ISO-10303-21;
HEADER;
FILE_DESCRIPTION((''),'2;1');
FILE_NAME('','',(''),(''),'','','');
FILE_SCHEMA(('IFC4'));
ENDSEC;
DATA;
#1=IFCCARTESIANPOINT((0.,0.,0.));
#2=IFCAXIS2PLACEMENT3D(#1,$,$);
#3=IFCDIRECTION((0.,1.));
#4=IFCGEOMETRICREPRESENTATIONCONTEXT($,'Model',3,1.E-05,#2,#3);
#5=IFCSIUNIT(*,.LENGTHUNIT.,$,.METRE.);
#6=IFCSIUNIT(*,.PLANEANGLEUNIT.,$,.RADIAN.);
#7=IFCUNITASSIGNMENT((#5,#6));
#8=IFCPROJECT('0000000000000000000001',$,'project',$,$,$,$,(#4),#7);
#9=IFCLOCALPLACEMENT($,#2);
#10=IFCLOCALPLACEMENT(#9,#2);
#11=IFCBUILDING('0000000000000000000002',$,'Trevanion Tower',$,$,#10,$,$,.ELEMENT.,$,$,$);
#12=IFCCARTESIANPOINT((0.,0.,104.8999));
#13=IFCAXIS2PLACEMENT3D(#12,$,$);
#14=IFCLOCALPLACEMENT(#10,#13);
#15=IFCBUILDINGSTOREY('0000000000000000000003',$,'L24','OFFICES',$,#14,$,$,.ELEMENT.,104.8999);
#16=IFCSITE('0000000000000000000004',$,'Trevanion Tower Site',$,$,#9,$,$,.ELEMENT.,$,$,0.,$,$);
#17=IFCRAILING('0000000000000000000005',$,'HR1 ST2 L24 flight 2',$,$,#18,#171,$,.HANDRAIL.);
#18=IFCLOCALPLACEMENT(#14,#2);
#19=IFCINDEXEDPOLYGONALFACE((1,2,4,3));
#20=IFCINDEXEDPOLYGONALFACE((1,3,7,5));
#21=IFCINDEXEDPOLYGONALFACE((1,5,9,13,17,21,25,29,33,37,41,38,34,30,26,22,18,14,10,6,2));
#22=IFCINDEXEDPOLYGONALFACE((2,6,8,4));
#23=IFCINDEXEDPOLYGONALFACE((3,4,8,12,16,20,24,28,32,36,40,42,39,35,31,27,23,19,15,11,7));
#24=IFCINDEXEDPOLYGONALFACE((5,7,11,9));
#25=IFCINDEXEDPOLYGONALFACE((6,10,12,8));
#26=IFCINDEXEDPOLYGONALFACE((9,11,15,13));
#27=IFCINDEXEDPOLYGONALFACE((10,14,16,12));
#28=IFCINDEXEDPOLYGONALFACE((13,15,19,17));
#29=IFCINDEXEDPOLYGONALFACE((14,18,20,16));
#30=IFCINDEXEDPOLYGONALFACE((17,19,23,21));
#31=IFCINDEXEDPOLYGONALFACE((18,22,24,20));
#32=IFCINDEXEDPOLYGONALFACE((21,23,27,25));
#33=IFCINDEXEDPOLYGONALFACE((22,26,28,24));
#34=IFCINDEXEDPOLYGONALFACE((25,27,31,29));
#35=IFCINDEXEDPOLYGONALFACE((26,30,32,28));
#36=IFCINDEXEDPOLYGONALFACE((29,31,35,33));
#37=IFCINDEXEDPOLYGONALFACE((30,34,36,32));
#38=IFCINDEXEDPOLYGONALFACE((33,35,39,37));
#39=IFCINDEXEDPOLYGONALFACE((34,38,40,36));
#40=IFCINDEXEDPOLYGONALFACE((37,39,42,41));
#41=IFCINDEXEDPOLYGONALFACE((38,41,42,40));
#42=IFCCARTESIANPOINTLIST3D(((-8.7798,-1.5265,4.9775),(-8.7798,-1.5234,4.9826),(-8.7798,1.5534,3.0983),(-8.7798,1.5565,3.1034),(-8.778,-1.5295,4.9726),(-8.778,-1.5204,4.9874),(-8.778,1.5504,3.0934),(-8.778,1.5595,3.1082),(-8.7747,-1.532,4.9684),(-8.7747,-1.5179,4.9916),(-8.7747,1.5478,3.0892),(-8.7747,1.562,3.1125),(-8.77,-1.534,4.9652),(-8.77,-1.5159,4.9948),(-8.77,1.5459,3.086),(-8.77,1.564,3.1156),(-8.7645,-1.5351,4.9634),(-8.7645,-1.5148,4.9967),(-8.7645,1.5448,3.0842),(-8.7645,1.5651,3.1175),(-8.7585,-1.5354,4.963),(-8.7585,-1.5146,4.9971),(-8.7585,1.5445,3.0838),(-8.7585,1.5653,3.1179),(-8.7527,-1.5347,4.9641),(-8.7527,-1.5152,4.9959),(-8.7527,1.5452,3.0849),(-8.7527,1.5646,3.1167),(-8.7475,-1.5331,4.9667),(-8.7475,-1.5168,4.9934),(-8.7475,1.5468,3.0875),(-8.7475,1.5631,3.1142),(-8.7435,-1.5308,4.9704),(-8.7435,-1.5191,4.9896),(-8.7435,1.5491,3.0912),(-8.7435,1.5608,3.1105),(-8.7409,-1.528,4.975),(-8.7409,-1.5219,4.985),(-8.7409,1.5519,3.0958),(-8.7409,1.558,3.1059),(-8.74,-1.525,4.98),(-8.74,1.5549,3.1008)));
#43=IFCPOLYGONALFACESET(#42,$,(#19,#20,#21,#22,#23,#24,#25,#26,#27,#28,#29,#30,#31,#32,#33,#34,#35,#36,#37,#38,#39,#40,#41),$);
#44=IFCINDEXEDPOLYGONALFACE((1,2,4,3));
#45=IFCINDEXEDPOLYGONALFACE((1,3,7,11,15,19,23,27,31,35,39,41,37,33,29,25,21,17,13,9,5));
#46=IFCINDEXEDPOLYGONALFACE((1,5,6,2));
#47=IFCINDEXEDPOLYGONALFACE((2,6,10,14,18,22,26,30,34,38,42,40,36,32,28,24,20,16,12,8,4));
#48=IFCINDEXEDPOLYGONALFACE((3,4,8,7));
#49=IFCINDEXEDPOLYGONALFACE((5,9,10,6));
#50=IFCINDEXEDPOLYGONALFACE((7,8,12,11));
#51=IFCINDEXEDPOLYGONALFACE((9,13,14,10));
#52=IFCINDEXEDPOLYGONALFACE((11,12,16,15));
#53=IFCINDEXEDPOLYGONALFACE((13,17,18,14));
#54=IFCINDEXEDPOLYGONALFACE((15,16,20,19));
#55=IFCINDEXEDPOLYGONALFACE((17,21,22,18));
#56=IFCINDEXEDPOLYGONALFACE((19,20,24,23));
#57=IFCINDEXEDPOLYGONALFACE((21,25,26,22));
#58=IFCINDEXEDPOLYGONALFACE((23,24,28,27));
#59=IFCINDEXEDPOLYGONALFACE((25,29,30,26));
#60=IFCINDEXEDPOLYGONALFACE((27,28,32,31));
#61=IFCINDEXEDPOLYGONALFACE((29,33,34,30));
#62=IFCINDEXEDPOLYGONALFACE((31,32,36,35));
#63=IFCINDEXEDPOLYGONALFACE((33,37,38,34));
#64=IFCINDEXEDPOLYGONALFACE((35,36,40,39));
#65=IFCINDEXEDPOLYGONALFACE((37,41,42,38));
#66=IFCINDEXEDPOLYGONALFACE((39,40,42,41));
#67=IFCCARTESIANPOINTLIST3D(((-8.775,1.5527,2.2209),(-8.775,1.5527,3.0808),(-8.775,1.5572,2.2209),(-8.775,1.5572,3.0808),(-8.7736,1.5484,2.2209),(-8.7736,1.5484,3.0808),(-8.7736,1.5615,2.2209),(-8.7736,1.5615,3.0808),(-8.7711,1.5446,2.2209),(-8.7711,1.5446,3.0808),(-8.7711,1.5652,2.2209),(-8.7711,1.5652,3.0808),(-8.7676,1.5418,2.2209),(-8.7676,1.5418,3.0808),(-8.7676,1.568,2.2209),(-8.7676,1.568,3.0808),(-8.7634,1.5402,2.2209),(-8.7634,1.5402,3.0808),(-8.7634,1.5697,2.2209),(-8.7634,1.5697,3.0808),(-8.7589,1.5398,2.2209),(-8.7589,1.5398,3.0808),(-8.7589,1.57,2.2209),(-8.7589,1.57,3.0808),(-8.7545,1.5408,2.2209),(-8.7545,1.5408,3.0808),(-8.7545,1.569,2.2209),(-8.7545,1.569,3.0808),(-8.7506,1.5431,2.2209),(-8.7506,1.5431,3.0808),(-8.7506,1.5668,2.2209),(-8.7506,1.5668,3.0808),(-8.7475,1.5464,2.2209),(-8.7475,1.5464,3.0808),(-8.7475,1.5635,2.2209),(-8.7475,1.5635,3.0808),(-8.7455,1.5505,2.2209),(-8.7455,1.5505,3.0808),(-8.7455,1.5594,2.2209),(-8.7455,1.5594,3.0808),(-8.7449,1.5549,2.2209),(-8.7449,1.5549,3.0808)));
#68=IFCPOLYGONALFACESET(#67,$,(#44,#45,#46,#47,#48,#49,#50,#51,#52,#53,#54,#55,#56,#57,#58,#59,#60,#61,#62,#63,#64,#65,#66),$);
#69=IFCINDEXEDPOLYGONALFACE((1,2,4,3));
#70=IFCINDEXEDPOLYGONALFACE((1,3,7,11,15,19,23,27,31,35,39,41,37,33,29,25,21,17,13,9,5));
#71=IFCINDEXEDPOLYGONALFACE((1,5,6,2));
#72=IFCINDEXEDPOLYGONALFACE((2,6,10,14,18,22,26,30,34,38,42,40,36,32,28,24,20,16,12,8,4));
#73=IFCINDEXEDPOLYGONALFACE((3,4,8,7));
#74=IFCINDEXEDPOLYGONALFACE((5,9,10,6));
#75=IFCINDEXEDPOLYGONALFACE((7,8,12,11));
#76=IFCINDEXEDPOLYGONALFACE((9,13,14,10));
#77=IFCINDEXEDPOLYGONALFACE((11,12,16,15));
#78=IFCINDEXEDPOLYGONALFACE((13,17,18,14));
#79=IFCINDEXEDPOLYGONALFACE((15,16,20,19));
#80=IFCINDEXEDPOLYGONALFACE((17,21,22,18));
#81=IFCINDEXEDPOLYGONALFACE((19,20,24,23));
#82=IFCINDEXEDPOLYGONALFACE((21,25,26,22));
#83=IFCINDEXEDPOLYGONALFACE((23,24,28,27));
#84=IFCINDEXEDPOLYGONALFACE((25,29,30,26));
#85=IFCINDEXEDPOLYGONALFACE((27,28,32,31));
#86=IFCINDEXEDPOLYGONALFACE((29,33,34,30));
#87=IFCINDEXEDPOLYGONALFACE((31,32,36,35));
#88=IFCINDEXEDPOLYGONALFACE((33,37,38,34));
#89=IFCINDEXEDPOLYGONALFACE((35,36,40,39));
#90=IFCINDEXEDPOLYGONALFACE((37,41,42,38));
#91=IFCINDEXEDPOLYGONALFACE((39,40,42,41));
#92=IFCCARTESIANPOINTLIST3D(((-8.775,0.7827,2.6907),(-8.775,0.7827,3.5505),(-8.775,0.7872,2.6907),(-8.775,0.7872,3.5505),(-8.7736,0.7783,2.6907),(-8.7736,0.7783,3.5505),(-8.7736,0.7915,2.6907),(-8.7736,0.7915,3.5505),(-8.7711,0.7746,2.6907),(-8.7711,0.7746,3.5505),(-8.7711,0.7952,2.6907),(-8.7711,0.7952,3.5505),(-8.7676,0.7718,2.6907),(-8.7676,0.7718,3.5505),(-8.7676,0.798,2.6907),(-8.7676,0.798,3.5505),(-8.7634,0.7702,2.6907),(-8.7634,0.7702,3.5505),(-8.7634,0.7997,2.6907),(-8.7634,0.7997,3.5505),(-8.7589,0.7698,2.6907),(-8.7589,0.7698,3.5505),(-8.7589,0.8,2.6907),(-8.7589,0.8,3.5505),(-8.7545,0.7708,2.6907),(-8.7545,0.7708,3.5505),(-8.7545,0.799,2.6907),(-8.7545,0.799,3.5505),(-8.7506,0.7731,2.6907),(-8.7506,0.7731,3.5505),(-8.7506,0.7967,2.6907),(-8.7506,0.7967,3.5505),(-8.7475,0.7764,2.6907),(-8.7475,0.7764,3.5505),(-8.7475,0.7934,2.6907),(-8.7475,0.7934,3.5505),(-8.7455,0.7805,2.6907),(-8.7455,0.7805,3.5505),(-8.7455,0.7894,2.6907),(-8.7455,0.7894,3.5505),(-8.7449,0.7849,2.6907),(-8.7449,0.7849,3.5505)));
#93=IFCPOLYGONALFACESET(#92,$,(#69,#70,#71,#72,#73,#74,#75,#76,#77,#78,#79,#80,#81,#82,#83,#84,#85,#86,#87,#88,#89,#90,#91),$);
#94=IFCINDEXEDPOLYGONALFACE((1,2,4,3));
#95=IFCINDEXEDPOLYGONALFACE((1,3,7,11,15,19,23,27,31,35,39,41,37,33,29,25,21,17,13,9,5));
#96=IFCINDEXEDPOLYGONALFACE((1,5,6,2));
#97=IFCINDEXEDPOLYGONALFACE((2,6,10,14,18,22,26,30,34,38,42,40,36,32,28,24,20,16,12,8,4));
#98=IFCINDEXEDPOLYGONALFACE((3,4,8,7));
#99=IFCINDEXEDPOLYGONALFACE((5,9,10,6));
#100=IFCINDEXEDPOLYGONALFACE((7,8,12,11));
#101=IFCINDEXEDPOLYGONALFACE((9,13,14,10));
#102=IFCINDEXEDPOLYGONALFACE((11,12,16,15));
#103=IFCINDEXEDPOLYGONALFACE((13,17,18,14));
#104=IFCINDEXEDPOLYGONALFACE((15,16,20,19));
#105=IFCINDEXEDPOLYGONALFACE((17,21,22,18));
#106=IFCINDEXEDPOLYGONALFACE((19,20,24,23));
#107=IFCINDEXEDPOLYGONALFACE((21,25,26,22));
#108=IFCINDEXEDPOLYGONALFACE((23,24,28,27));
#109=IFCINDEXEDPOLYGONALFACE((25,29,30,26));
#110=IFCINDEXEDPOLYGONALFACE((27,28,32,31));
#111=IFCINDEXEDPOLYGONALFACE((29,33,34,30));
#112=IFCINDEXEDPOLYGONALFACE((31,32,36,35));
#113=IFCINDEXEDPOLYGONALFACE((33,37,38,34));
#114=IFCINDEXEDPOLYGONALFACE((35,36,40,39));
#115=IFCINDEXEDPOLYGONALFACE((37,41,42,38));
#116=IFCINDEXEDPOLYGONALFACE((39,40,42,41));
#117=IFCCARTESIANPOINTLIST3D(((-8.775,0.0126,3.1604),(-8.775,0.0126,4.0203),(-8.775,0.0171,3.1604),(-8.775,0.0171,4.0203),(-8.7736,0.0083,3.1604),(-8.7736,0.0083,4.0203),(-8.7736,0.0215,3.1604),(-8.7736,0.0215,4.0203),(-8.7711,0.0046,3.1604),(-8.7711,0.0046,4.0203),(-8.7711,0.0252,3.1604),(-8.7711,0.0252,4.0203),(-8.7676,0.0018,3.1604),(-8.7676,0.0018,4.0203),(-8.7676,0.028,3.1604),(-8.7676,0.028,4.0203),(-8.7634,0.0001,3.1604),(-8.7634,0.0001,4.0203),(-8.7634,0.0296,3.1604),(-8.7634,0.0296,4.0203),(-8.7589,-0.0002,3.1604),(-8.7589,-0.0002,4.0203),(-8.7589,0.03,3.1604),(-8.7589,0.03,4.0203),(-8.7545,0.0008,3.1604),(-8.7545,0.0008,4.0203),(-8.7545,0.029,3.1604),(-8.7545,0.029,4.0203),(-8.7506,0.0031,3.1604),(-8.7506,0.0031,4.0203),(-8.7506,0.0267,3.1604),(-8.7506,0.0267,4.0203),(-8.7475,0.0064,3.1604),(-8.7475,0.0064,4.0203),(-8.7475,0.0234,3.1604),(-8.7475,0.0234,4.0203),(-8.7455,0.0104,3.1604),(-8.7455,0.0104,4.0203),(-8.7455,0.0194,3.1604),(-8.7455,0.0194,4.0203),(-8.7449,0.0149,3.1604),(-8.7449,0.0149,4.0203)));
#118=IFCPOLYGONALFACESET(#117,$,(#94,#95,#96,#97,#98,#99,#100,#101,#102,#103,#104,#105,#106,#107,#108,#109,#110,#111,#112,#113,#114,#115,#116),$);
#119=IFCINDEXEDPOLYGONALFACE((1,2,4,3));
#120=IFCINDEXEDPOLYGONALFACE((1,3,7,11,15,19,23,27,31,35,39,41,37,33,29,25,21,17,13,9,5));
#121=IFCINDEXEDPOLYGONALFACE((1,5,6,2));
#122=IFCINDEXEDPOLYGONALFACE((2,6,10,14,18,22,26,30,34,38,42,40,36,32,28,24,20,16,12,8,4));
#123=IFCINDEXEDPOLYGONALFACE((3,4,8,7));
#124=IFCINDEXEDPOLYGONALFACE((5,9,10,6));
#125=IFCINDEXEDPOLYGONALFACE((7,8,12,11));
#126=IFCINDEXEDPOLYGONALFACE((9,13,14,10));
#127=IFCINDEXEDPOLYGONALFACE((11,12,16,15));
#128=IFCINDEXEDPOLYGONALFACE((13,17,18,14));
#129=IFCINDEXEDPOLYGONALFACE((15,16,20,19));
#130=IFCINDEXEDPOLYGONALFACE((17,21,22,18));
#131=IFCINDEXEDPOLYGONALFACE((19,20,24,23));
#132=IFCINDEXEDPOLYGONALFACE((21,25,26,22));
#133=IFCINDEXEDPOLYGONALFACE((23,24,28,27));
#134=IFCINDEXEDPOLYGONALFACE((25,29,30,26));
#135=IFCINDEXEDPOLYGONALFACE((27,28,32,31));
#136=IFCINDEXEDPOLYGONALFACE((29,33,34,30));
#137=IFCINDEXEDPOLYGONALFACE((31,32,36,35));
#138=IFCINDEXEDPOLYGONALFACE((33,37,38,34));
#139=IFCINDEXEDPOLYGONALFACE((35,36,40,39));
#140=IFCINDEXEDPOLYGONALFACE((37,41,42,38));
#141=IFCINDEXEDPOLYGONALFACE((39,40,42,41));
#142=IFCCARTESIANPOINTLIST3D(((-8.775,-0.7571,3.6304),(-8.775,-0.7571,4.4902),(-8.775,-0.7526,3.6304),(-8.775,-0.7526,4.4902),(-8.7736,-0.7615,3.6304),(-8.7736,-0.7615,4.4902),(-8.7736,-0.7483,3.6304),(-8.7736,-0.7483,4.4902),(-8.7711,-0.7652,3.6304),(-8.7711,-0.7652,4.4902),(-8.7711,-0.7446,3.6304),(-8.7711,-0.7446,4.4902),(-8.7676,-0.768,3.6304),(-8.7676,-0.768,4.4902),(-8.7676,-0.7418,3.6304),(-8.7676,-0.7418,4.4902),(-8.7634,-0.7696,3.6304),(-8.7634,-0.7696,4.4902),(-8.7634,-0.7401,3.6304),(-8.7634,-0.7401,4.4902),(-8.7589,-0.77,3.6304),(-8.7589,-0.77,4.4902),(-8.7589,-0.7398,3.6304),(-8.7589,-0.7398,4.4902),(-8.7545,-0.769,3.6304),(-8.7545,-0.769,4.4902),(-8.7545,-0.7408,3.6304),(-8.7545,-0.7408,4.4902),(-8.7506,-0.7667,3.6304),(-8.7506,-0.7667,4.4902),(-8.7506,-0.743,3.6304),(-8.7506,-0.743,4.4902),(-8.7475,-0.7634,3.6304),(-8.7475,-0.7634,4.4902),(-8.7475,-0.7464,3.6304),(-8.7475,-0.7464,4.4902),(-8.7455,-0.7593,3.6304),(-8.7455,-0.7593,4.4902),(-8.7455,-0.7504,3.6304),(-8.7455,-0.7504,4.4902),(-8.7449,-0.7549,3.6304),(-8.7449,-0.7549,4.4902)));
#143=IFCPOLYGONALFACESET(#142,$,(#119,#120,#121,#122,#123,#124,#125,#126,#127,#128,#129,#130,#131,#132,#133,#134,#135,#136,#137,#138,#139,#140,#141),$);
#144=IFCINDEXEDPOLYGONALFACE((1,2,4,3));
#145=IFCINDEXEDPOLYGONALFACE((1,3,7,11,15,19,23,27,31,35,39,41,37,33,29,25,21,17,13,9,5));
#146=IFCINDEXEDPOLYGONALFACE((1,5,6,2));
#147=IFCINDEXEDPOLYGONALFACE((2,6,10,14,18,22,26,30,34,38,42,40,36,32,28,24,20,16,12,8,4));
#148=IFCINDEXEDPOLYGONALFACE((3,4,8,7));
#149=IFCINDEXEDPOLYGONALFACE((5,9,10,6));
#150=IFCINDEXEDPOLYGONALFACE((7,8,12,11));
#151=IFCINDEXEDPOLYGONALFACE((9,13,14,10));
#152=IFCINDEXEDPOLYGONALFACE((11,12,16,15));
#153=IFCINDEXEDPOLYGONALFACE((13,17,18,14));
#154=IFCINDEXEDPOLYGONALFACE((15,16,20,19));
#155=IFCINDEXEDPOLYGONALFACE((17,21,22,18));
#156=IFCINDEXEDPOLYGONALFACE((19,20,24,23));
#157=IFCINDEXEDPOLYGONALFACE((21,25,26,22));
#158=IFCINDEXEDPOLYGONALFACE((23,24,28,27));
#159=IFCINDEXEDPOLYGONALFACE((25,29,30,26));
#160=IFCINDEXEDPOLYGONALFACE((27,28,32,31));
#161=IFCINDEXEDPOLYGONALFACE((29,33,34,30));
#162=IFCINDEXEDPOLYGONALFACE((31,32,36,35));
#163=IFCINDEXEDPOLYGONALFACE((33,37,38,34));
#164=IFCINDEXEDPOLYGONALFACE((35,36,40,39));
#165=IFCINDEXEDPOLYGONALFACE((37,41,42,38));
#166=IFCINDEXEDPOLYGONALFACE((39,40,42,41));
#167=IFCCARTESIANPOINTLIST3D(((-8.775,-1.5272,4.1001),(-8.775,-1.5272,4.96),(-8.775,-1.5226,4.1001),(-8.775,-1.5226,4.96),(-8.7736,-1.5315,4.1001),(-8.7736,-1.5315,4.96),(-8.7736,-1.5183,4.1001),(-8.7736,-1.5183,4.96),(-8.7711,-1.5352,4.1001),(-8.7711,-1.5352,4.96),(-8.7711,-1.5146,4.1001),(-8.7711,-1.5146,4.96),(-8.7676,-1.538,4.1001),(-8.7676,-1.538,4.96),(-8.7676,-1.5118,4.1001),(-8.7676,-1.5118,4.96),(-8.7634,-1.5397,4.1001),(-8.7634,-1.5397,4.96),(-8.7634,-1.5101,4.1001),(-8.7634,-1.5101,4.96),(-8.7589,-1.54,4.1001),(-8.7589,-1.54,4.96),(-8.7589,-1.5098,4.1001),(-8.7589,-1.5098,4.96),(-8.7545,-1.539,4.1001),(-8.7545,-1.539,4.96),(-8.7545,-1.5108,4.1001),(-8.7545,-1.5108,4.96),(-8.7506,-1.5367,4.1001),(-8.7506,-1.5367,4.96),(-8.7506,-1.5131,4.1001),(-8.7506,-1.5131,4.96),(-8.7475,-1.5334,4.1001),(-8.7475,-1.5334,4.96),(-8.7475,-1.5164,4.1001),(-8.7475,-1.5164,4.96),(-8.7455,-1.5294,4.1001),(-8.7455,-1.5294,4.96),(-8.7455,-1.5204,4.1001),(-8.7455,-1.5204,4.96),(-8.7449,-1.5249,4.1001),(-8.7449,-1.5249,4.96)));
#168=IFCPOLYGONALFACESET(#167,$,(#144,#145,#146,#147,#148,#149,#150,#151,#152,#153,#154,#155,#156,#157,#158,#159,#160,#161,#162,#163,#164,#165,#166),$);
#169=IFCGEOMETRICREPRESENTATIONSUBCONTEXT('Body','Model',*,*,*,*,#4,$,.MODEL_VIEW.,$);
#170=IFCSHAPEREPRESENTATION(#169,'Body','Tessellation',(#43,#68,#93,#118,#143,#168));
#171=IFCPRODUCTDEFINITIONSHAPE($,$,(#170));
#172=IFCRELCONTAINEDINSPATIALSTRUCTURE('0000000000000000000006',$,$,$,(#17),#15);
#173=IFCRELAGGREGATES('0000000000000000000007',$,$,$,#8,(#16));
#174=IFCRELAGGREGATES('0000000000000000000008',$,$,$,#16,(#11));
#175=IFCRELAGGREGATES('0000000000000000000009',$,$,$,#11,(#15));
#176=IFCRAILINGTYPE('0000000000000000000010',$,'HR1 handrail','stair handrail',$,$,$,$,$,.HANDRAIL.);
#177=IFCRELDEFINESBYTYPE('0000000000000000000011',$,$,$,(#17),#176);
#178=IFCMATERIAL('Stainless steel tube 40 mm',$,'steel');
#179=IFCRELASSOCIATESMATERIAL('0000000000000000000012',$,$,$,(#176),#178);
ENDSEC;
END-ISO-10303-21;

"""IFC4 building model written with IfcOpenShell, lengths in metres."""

from ifc_helpers import new_model, si_unit, direction, frame, origin, origin_2d, place, context, subcontext, project, spatial, circle, extrude, material, type_object, element, save


model = new_model("IFC4")

# Units and contexts
model_context = context("Model", 3, precision=1e-05, world=origin(), true_north=direction((0.0, 1.0)))
body_context = subcontext(model_context, "Body", "Model", "MODEL_VIEW")
ifc_project = project(units=[si_unit("LENGTHUNIT", "METRE"), si_unit("PLANEANGLEUNIT", "RADIAN")], contexts=[model_context])

# Site, building, storey
site_placement = place(None, origin())
site = spatial("IfcSite", under=ifc_project, at=site_placement, Name="Trevanion Tower Site", CompositionType="ELEMENT", RefElevation=0.0)
building_placement = place(site_placement, origin())
building = spatial("IfcBuilding", under=site, at=building_placement, Name="Trevanion Tower", CompositionType="ELEMENT")
storey_placement = place(building_placement, frame((0.0, 0.0, 104.8999)))
storey = spatial("IfcBuildingStorey", under=building, at=storey_placement, Name="L24", Description="OFFICES", CompositionType="ELEMENT", Elevation=104.8999)

# Railing
ifc_material_1 = material(Name="Stainless steel tube 40 mm", Category="steel")
railing_type = type_object("IfcRailingType", Name="HR1 handrail", Description="stair handrail", PredefinedType="HANDRAIL", material=ifc_material_1)
for number, where, name in (
    (1, (-8.76, 1.5549, 2.2209), "HR1 ST2 L24 flight 2"),
):
    element("IfcRailing", number, at=place(storey_placement, frame(where)), inside=storey, type_object=railing_type, Name=name, PredefinedType="HANDRAIL", context=body_context, shape_type="SweptSolid", body=[
        extrude(circle(Radius=0.02, at=origin_2d()), frame((0.0, 0.0, 0.8799), z_axis=(0.0, -0.853648, 0.52085), x_axis=(1.0, 0.0, 0.0)), (0.0, 0.0, 1.0), 3.6079),
        extrude(circle(Radius=0.0151, at=origin_2d()), origin(), (0.0, 0.0, 1.0), 0.8599),
        extrude(circle(Radius=0.0151, at=origin_2d()), frame((0.0, -0.77, 0.4697)), (0.0, 0.0, 1.0), 0.8599),
        extrude(circle(Radius=0.0151, at=origin_2d()), frame((0.0, -1.54, 0.9395)), (0.0, 0.0, 1.0), 0.8599),
        extrude(circle(Radius=0.0151, at=origin_2d()), frame((0.0, -2.3098, 1.4094)), (0.0, 0.0, 1.0), 0.8599),
        extrude(circle(Radius=0.0151, at=origin_2d()), frame((0.0, -3.0798, 1.8792)), (0.0, 0.0, 1.0), 0.8599),
    ])

save(model, "model.ifc")
